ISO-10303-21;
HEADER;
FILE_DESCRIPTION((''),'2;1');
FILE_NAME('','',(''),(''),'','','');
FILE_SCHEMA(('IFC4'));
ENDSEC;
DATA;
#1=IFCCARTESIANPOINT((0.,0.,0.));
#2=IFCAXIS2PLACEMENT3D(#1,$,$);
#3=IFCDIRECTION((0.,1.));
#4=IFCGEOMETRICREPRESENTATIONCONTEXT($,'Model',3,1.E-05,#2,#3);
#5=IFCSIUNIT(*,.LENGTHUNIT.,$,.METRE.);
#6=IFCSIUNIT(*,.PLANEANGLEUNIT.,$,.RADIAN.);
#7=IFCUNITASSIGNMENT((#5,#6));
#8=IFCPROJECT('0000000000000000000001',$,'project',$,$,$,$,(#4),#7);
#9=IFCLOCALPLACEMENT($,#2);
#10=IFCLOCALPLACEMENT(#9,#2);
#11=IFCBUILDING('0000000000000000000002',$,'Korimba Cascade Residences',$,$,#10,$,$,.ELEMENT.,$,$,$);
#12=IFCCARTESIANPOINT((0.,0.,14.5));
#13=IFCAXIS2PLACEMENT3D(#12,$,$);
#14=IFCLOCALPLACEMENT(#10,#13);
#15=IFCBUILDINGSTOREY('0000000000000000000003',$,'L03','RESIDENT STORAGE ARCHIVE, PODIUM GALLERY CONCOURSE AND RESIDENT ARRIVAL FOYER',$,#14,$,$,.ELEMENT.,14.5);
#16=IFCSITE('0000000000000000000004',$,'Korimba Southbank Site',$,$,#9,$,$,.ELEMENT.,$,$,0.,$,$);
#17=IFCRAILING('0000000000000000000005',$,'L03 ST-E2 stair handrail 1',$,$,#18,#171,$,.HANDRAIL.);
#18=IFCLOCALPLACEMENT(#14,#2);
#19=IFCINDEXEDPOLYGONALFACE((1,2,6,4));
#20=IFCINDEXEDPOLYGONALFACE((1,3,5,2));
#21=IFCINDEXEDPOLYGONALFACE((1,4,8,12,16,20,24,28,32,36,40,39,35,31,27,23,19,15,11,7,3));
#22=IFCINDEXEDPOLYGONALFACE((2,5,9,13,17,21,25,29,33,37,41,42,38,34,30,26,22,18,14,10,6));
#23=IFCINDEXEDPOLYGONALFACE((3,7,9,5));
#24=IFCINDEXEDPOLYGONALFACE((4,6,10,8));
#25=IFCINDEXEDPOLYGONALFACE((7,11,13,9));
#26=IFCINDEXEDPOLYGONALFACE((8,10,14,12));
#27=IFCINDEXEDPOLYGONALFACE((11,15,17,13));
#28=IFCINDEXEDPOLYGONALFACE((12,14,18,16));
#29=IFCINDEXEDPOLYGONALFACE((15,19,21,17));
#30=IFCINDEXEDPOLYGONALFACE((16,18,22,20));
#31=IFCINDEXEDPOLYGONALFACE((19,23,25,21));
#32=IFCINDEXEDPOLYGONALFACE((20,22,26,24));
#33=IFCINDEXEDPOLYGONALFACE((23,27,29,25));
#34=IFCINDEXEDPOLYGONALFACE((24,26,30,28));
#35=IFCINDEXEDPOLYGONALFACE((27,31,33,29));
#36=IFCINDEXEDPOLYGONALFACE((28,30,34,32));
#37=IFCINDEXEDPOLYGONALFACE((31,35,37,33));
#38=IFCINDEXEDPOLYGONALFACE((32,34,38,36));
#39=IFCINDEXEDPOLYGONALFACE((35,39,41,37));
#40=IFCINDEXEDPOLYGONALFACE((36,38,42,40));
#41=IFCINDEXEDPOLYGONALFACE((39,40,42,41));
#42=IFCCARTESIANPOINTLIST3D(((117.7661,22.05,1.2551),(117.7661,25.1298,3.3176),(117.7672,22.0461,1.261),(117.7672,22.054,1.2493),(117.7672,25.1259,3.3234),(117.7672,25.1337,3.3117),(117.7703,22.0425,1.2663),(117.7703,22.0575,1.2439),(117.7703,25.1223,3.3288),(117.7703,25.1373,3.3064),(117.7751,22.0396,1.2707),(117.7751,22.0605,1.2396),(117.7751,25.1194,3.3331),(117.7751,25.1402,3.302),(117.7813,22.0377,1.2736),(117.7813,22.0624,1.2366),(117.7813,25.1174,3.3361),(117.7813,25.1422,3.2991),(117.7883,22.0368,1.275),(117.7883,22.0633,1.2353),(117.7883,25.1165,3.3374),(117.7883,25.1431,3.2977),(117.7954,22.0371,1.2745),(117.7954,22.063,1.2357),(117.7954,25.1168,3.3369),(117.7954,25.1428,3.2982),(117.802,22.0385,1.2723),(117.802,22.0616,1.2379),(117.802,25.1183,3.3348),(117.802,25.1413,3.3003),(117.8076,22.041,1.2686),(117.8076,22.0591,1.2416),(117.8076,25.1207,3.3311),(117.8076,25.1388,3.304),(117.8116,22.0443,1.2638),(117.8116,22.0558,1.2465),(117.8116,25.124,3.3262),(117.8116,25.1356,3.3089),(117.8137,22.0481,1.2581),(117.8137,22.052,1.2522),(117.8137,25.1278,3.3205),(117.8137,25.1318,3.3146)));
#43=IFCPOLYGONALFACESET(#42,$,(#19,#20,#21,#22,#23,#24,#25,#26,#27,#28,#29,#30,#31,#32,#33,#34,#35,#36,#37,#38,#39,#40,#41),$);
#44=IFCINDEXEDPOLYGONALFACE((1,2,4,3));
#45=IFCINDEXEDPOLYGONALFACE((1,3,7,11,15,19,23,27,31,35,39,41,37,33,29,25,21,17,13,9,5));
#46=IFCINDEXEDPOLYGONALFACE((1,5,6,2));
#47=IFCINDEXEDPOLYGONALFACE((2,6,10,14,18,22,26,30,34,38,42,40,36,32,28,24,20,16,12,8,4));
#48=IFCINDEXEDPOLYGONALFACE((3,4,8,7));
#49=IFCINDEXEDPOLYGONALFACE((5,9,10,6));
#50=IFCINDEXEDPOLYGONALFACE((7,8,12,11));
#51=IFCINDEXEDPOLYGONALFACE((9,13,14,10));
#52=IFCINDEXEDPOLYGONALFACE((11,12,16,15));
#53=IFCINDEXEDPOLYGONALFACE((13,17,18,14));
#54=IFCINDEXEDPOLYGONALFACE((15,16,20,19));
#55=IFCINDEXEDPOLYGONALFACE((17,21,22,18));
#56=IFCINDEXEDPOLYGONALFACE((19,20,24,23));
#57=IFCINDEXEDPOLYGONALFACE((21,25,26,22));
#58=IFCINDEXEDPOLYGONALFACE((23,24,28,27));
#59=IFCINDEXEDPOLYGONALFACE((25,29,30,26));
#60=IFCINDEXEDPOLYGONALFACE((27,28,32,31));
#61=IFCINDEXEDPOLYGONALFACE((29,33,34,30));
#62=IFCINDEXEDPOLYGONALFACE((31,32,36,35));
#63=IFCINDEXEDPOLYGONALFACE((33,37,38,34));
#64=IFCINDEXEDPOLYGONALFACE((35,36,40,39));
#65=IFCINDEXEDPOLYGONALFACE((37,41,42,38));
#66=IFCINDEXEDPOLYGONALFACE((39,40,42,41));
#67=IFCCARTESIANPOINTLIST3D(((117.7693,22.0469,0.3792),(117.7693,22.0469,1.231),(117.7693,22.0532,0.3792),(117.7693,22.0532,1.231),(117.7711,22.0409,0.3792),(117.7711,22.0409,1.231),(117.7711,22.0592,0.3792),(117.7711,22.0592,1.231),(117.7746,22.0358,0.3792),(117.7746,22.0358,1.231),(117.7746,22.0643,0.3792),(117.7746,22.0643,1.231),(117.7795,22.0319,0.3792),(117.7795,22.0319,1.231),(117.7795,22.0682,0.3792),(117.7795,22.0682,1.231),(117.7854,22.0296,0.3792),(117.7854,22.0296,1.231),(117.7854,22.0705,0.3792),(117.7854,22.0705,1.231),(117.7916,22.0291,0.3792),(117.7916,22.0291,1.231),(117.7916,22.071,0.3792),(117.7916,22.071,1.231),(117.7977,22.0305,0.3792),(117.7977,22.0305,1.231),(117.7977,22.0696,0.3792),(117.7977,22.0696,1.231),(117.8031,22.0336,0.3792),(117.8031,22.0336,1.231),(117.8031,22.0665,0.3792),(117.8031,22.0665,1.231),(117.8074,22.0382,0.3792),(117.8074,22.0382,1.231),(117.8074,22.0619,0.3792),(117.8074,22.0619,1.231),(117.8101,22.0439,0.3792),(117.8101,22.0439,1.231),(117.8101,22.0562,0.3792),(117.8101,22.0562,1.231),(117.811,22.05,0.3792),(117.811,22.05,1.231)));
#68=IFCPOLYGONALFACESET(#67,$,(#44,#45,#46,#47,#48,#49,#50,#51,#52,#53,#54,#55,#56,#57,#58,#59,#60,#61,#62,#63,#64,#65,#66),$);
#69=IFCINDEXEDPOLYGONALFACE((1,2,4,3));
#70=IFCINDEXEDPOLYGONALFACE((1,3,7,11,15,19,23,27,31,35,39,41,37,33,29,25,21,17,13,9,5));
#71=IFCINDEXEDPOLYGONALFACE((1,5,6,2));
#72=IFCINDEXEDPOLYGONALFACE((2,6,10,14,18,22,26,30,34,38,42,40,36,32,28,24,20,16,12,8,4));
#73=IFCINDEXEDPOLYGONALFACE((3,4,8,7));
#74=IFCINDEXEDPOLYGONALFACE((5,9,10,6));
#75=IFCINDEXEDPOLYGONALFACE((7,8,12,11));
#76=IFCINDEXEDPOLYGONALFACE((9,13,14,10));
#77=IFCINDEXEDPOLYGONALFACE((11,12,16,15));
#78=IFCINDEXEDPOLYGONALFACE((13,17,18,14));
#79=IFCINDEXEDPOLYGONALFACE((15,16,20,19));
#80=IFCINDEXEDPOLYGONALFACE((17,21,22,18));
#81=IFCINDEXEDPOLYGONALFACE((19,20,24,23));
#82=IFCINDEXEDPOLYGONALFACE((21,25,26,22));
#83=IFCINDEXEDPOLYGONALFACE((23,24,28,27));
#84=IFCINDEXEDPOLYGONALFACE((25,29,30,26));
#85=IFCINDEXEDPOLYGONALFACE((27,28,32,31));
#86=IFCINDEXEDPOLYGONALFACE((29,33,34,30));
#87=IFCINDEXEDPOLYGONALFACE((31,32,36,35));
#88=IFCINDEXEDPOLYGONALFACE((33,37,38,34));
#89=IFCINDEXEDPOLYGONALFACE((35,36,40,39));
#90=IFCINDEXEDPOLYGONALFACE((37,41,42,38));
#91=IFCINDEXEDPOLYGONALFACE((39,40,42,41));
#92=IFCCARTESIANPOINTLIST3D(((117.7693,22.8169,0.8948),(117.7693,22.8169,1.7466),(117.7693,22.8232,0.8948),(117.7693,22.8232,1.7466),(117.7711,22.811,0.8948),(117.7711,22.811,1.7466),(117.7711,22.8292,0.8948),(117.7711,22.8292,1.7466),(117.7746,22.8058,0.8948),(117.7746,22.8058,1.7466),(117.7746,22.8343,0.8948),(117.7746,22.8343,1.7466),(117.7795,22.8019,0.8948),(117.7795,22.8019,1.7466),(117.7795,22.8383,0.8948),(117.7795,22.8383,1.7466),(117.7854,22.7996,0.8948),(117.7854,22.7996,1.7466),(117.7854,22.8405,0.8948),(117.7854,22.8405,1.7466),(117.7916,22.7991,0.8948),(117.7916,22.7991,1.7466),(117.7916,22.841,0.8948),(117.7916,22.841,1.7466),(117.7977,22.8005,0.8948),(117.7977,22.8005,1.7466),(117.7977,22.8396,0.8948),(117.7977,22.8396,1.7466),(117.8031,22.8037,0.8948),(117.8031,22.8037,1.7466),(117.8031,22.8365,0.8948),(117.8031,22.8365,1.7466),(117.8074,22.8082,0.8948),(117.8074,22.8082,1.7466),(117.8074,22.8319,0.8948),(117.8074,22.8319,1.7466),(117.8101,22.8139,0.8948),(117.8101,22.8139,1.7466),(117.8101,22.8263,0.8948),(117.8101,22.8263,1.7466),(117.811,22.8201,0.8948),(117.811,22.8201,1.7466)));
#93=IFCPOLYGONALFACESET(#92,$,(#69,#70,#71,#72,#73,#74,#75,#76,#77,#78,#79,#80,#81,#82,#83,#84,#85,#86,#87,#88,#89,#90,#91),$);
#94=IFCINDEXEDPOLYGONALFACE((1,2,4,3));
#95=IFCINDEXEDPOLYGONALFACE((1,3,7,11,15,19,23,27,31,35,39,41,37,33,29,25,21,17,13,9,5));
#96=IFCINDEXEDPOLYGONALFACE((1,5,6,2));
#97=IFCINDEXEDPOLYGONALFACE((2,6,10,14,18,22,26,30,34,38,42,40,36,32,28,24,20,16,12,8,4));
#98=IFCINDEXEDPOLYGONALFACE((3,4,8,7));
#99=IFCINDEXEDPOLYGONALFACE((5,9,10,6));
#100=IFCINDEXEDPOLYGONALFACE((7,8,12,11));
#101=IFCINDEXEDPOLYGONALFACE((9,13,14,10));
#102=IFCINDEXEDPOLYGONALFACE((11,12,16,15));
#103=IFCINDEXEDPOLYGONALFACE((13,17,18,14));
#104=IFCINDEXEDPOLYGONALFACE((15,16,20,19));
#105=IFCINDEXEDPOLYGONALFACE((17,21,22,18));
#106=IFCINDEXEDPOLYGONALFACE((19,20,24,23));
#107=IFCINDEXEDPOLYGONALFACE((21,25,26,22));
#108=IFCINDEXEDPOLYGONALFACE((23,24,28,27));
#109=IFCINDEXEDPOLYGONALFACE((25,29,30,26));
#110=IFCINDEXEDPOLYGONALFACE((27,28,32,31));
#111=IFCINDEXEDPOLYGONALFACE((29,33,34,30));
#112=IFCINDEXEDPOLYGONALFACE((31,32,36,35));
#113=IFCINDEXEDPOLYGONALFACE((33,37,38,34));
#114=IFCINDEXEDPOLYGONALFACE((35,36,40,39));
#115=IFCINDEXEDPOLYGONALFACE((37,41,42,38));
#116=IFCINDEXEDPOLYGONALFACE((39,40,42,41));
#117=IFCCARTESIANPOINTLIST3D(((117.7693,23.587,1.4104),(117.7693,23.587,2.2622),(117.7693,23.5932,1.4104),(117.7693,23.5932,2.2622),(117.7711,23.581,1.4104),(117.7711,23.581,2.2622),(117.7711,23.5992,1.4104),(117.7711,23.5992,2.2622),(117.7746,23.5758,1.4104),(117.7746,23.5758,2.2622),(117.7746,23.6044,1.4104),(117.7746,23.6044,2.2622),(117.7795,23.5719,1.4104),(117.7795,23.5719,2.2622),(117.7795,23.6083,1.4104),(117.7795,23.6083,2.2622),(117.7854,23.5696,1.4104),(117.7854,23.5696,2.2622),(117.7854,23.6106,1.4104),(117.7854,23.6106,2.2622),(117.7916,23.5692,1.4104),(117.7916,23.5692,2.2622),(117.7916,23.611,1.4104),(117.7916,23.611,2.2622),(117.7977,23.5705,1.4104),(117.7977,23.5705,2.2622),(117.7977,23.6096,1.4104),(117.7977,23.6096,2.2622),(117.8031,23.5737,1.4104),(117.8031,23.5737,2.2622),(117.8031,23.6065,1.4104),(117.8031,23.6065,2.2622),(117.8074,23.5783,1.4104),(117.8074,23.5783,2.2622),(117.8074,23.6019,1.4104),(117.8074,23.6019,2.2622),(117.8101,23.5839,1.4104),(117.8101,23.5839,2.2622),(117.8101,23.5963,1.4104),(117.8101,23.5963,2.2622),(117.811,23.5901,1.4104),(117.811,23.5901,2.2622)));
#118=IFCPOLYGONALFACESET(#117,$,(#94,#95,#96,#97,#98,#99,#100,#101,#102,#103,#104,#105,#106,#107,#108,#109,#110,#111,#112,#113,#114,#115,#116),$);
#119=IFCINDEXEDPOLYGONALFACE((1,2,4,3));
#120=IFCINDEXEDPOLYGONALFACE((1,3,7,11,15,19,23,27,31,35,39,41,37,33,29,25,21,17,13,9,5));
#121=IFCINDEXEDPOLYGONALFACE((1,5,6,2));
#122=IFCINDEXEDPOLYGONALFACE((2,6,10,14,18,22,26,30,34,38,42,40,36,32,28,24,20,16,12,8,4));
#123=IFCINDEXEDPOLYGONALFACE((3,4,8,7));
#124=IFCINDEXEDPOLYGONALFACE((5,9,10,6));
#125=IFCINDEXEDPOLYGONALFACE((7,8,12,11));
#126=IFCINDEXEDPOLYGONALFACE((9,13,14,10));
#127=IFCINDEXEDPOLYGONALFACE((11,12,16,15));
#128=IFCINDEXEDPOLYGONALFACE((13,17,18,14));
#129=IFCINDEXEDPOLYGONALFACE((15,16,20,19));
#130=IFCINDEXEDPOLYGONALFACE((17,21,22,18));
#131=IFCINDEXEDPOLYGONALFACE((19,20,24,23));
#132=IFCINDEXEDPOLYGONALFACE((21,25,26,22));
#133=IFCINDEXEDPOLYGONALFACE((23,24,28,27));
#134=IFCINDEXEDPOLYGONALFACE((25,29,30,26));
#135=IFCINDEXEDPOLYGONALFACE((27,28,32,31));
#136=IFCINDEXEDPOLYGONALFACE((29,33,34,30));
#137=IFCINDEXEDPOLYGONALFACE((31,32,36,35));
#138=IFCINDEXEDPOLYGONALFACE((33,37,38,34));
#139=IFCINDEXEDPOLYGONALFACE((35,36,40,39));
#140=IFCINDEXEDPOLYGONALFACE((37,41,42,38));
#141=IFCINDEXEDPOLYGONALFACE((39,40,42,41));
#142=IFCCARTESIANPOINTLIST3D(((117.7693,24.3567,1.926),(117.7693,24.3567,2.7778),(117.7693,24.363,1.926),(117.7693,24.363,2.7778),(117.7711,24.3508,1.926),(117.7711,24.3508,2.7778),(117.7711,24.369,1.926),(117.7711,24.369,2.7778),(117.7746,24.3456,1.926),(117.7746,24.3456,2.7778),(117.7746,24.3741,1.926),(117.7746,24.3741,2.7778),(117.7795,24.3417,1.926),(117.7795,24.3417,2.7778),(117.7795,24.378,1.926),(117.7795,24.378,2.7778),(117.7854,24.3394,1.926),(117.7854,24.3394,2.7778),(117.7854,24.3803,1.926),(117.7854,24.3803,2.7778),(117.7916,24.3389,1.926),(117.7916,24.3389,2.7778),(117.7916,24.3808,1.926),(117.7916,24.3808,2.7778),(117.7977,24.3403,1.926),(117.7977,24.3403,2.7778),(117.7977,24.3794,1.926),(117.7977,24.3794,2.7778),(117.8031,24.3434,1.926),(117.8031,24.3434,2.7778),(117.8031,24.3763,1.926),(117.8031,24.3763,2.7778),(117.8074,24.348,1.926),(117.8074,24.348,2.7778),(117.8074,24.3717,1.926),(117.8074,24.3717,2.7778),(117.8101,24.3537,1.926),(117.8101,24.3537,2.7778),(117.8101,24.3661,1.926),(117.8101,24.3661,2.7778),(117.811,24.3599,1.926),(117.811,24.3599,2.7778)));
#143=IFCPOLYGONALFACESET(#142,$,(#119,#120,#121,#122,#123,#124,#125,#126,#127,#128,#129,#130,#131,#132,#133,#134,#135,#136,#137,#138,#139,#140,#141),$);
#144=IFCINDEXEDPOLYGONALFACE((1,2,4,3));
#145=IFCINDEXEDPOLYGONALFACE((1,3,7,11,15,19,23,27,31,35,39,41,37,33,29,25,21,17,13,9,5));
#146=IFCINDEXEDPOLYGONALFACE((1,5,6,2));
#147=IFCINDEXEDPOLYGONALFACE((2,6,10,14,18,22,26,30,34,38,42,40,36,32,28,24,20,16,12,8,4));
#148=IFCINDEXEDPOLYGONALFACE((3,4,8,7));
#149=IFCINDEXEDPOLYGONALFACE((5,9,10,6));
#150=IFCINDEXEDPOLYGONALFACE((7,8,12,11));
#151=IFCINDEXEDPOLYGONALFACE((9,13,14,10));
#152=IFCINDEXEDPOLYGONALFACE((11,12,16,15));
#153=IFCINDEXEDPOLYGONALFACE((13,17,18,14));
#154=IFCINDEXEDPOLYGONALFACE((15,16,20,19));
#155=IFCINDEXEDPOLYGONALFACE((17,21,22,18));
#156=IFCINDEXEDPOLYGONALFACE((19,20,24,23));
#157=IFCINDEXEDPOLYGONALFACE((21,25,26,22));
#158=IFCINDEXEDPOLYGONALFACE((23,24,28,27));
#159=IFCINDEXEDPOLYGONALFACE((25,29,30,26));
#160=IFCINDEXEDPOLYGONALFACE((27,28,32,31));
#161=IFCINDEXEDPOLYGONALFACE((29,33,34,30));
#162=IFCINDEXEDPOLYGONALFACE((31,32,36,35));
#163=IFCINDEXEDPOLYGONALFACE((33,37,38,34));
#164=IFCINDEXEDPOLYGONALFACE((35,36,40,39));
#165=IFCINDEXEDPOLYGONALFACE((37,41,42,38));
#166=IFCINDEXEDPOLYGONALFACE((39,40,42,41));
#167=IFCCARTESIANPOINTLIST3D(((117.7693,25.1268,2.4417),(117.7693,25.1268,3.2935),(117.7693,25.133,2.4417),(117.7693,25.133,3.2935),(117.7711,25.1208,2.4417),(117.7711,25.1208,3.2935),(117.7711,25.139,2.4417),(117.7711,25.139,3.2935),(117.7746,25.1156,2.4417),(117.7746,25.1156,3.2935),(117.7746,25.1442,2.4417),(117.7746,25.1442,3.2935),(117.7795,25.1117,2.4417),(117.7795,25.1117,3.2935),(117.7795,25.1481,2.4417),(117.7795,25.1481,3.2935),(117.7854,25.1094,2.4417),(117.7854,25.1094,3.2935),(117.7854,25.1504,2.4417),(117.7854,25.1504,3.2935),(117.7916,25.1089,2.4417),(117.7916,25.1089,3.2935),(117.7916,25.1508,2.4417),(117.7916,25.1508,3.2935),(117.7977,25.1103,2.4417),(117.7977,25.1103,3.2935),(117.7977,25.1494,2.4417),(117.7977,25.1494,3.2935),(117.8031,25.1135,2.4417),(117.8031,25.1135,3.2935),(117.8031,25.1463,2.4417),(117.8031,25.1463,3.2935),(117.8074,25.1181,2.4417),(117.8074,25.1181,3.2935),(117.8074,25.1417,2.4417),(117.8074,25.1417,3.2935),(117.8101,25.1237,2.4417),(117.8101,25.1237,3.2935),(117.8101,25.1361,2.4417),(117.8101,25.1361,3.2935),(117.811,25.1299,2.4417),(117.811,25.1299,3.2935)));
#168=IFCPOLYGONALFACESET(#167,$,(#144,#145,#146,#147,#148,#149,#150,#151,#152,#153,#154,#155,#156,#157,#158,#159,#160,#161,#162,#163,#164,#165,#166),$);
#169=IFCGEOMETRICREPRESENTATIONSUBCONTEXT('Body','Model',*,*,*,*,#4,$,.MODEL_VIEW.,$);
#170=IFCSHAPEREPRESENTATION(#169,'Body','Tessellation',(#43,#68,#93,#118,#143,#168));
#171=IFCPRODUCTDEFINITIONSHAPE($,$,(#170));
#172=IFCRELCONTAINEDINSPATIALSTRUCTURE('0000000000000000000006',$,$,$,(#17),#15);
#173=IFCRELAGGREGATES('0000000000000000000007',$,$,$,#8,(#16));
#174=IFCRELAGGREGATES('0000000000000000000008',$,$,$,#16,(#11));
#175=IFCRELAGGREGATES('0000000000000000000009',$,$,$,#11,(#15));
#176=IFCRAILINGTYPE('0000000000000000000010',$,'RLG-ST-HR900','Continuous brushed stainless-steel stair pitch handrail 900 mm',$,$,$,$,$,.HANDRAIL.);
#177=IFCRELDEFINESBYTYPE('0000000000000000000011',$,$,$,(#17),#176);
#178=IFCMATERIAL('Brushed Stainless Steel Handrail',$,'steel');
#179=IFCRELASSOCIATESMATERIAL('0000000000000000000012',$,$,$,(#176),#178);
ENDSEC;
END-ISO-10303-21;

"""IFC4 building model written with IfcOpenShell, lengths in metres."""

from ifc_helpers import new_model, si_unit, direction, frame, origin, origin_2d, place, context, subcontext, project, spatial, circle, extrude, material, type_object, element, save


model = new_model("IFC4")

# Units and contexts
model_context = context("Model", 3, precision=1e-05, world=origin(), true_north=direction((0.0, 1.0)))
body_context = subcontext(model_context, "Body", "Model", "MODEL_VIEW")
ifc_project = project(units=[si_unit("LENGTHUNIT", "METRE"), si_unit("PLANEANGLEUNIT", "RADIAN")], contexts=[model_context])

# Site, building, storey
site_placement = place(None, origin())
site = spatial("IfcSite", under=ifc_project, at=site_placement, Name="Korimba Southbank Site", CompositionType="ELEMENT", RefElevation=0.0)
building_placement = place(site_placement, origin())
building = spatial("IfcBuilding", under=site, at=building_placement, Name="Korimba Cascade Residences", CompositionType="ELEMENT")
storey_placement = place(building_placement, frame((0.0, 0.0, 14.5)))
storey = spatial("IfcBuildingStorey", under=building, at=storey_placement, Name="L03", Description="RESIDENT STORAGE ARCHIVE, PODIUM GALLERY CONCOURSE AND RESIDENT ARRIVAL FOYER", CompositionType="ELEMENT", Elevation=14.5)

# Railing
ifc_material_1 = material(Name="Brushed Stainless Steel Handrail", Category="steel")
railing_type_1 = type_object("IfcRailingType", Name="RLG-ST-HR900", Description="Continuous brushed stainless-steel stair pitch handrail 900 mm", PredefinedType="HANDRAIL", material=ifc_material_1)
railing_1_placement = place(storey_placement, frame((117.79, 22.05, 0.3792)))
element("IfcRailing", 1, at=railing_1_placement, inside=storey, type_object=railing_type_1, Name="L03 ST-E2 stair handrail 1", PredefinedType="HANDRAIL", context=body_context, shape_type="SweptSolid", body=[
    extrude(circle(Radius=0.0239, at=origin_2d()), frame((0.0, 0.0, 0.876), z_axis=(0.0, 0.830893, 0.556432), x_axis=(-1.0, 0.0, 0.0)), (0.0, 0.0, 1.0), 3.7065),
    extrude(circle(Radius=0.021, at=origin_2d()), origin(), (0.0, 0.0, 1.0), 0.8518),
    extrude(circle(Radius=0.021, at=origin_2d()), frame((0.0, 0.77, 0.5156)), (0.0, 0.0, 1.0), 0.8518),
    extrude(circle(Radius=0.021, at=origin_2d()), frame((0.0, 1.54, 1.0312)), (0.0, 0.0, 1.0), 0.8518),
    extrude(circle(Radius=0.021, at=origin_2d()), frame((0.0, 2.3098, 1.5469)), (0.0, 0.0, 1.0), 0.8518),
    extrude(circle(Radius=0.021, at=origin_2d()), frame((0.0, 3.0798, 2.0625)), (0.0, 0.0, 1.0), 0.8518),
])

save(model, "model.ifc")
